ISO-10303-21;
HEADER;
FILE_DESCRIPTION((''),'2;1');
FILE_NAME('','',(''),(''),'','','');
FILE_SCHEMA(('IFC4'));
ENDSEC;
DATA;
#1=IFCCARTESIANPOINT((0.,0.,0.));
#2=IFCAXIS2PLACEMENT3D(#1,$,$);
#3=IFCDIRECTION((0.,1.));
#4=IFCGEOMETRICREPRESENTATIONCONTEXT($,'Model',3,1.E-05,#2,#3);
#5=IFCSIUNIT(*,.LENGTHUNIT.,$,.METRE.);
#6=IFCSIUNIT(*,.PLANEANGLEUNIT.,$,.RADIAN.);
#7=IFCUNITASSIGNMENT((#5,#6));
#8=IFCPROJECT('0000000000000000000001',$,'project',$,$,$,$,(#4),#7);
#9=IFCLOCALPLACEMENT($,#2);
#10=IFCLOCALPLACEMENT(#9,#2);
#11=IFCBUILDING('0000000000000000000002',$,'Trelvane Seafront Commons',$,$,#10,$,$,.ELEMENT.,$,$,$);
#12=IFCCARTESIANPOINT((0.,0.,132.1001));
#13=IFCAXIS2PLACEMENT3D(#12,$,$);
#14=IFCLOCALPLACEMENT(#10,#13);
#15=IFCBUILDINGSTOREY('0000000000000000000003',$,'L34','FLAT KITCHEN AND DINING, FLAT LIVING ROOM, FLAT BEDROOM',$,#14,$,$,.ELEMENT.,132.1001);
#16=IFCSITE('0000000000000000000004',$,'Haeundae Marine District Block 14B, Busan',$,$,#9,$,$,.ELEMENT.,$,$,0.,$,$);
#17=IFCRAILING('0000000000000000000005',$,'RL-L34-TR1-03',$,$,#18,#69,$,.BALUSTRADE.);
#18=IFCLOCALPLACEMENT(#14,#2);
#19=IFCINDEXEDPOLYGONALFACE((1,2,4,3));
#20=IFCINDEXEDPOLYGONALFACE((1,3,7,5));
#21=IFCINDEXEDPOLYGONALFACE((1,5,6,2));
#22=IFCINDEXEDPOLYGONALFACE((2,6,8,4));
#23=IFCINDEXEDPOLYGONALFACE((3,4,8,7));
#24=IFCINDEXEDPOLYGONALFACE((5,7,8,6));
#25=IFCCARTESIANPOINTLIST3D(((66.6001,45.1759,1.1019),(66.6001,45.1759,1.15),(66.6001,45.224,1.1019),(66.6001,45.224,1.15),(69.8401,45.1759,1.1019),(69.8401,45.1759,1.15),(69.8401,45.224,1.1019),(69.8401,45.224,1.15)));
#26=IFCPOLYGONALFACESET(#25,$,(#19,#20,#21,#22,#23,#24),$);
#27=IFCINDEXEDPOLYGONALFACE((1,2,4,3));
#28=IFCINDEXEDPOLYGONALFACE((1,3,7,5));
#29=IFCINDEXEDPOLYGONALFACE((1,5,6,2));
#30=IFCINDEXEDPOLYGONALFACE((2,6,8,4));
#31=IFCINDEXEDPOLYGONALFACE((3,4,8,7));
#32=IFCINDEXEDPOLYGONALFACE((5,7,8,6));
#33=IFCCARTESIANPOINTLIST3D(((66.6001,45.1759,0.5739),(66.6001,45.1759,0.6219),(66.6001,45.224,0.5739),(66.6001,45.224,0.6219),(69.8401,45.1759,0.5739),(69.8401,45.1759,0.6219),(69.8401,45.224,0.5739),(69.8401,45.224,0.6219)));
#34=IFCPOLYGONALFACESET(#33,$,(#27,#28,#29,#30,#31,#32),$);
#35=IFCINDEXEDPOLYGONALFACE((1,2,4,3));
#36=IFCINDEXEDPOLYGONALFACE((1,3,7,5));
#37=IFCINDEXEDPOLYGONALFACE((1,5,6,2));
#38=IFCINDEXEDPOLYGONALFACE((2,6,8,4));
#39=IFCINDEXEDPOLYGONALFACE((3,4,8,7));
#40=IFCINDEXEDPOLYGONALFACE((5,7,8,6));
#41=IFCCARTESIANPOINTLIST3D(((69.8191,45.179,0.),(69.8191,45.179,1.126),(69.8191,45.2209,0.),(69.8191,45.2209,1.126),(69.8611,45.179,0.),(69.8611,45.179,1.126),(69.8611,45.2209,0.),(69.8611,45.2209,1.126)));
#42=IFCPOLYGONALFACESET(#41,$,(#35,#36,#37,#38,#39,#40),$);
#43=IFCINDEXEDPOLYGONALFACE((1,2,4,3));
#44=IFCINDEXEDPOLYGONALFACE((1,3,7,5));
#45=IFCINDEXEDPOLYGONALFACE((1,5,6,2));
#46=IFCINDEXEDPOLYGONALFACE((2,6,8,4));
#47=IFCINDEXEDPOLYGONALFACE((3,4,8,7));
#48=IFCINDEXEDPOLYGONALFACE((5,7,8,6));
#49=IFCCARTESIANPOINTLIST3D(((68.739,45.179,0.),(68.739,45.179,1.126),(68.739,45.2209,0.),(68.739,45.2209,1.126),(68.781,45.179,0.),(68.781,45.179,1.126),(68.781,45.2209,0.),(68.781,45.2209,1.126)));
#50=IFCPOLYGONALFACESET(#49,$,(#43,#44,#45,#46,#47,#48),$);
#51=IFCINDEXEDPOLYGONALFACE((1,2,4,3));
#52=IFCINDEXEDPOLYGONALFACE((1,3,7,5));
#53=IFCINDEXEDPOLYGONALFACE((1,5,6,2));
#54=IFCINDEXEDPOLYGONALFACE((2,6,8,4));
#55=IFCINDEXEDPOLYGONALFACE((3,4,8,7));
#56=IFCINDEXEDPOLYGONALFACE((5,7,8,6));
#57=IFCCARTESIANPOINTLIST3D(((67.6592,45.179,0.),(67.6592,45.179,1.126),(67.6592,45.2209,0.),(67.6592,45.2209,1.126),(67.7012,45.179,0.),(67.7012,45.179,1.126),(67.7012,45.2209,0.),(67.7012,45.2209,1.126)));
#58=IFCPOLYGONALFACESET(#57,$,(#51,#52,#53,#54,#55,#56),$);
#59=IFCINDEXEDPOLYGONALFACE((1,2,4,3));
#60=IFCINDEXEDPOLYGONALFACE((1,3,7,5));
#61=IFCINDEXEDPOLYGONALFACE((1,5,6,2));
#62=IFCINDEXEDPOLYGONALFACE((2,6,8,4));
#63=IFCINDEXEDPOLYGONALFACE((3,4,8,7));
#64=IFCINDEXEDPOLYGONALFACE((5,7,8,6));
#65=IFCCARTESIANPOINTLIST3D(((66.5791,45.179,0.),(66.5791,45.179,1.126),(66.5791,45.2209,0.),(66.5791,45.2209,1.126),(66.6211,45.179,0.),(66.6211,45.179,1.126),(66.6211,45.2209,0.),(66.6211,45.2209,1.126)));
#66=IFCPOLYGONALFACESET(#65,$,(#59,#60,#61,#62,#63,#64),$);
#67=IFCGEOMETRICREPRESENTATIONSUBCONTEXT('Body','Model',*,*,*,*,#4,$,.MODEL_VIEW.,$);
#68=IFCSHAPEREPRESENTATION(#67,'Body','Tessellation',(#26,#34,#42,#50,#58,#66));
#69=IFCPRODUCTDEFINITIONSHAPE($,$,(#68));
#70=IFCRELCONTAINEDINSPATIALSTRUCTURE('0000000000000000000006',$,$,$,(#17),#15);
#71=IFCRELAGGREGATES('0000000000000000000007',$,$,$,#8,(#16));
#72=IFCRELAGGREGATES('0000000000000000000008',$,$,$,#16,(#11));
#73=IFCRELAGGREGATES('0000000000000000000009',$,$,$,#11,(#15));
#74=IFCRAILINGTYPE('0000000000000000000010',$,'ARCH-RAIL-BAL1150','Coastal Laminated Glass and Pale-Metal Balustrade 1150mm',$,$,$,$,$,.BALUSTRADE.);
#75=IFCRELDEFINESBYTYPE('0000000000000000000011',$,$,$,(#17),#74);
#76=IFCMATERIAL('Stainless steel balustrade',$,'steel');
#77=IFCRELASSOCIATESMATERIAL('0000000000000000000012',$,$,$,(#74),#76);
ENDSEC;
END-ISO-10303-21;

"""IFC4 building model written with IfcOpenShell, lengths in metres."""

from ifc_helpers import new_model, si_unit, direction, frame, origin, origin_2d, place, context, subcontext, project, spatial, rectangle, extrude, material, type_object, element, save


model = new_model("IFC4")

# Units and contexts
model_context = context("Model", 3, precision=1e-05, world=origin(), true_north=direction((0.0, 1.0)))
body_context = subcontext(model_context, "Body", "Model", "MODEL_VIEW")
ifc_project = project(units=[si_unit("LENGTHUNIT", "METRE"), si_unit("PLANEANGLEUNIT", "RADIAN")], contexts=[model_context])

# Site, building, storey
site_placement = place(None, origin())
site = spatial("IfcSite", under=ifc_project, at=site_placement, Name="Haeundae Marine District Block 14B, Busan", CompositionType="ELEMENT", RefElevation=0.0)
building_placement = place(site_placement, origin())
building = spatial("IfcBuilding", under=site, at=building_placement, Name="Trelvane Seafront Commons", CompositionType="ELEMENT")
storey_placement = place(building_placement, frame((0.0, 0.0, 132.1001)))
storey = spatial("IfcBuildingStorey", under=building, at=storey_placement, Name="L34", Description="FLAT KITCHEN AND DINING, FLAT LIVING ROOM, FLAT BEDROOM", CompositionType="ELEMENT", Elevation=132.1001)

# Railing
ifc_material_1 = material(Name="Stainless steel balustrade", Category="steel")
railing_type = type_object("IfcRailingType", Name="ARCH-RAIL-BAL1150", Description="Coastal Laminated Glass and Pale-Metal Balustrade 1150mm", PredefinedType="BALUSTRADE", material=ifc_material_1)
railing_placement = place(storey_placement, frame((69.8401, 45.2, 0.0)))
element("IfcRailing", 1, at=railing_placement, inside=storey, type_object=railing_type, Name="RL-L34-TR1-03", PredefinedType="BALUSTRADE", context=body_context, shape_type="SweptSolid", body=[
    extrude(rectangle(XDim=0.0481, YDim=0.0481, at=origin_2d()), frame((0.0, 0.0, 1.126), z_axis=(-1.0, 0.0, 0.0), x_axis=(0.0, -1.0, 0.0)), (0.0, 0.0, 1.0), 3.24),
    extrude(rectangle(XDim=0.0481, YDim=0.0481, at=origin_2d()), frame((0.0, 0.0, 0.5979), z_axis=(-1.0, 0.0, 0.0), x_axis=(0.0, -1.0, 0.0)), (0.0, 0.0, 1.0), 3.24),
    extrude(rectangle(XDim=0.042, YDim=0.042, at=origin_2d()), origin(), (0.0, 0.0, 1.0), 1.126),
    extrude(rectangle(XDim=0.042, YDim=0.042, at=origin_2d()), frame((-1.0801, 0.0, 0.0)), (0.0, 0.0, 1.0), 1.126),
    extrude(rectangle(XDim=0.042, YDim=0.042, at=origin_2d()), frame((-2.1599, 0.0, 0.0)), (0.0, 0.0, 1.0), 1.126),
    extrude(rectangle(XDim=0.042, YDim=0.042, at=origin_2d()), frame((-3.24, 0.0, 0.0)), (0.0, 0.0, 1.0), 1.126),
])

save(model, "model.ifc")
